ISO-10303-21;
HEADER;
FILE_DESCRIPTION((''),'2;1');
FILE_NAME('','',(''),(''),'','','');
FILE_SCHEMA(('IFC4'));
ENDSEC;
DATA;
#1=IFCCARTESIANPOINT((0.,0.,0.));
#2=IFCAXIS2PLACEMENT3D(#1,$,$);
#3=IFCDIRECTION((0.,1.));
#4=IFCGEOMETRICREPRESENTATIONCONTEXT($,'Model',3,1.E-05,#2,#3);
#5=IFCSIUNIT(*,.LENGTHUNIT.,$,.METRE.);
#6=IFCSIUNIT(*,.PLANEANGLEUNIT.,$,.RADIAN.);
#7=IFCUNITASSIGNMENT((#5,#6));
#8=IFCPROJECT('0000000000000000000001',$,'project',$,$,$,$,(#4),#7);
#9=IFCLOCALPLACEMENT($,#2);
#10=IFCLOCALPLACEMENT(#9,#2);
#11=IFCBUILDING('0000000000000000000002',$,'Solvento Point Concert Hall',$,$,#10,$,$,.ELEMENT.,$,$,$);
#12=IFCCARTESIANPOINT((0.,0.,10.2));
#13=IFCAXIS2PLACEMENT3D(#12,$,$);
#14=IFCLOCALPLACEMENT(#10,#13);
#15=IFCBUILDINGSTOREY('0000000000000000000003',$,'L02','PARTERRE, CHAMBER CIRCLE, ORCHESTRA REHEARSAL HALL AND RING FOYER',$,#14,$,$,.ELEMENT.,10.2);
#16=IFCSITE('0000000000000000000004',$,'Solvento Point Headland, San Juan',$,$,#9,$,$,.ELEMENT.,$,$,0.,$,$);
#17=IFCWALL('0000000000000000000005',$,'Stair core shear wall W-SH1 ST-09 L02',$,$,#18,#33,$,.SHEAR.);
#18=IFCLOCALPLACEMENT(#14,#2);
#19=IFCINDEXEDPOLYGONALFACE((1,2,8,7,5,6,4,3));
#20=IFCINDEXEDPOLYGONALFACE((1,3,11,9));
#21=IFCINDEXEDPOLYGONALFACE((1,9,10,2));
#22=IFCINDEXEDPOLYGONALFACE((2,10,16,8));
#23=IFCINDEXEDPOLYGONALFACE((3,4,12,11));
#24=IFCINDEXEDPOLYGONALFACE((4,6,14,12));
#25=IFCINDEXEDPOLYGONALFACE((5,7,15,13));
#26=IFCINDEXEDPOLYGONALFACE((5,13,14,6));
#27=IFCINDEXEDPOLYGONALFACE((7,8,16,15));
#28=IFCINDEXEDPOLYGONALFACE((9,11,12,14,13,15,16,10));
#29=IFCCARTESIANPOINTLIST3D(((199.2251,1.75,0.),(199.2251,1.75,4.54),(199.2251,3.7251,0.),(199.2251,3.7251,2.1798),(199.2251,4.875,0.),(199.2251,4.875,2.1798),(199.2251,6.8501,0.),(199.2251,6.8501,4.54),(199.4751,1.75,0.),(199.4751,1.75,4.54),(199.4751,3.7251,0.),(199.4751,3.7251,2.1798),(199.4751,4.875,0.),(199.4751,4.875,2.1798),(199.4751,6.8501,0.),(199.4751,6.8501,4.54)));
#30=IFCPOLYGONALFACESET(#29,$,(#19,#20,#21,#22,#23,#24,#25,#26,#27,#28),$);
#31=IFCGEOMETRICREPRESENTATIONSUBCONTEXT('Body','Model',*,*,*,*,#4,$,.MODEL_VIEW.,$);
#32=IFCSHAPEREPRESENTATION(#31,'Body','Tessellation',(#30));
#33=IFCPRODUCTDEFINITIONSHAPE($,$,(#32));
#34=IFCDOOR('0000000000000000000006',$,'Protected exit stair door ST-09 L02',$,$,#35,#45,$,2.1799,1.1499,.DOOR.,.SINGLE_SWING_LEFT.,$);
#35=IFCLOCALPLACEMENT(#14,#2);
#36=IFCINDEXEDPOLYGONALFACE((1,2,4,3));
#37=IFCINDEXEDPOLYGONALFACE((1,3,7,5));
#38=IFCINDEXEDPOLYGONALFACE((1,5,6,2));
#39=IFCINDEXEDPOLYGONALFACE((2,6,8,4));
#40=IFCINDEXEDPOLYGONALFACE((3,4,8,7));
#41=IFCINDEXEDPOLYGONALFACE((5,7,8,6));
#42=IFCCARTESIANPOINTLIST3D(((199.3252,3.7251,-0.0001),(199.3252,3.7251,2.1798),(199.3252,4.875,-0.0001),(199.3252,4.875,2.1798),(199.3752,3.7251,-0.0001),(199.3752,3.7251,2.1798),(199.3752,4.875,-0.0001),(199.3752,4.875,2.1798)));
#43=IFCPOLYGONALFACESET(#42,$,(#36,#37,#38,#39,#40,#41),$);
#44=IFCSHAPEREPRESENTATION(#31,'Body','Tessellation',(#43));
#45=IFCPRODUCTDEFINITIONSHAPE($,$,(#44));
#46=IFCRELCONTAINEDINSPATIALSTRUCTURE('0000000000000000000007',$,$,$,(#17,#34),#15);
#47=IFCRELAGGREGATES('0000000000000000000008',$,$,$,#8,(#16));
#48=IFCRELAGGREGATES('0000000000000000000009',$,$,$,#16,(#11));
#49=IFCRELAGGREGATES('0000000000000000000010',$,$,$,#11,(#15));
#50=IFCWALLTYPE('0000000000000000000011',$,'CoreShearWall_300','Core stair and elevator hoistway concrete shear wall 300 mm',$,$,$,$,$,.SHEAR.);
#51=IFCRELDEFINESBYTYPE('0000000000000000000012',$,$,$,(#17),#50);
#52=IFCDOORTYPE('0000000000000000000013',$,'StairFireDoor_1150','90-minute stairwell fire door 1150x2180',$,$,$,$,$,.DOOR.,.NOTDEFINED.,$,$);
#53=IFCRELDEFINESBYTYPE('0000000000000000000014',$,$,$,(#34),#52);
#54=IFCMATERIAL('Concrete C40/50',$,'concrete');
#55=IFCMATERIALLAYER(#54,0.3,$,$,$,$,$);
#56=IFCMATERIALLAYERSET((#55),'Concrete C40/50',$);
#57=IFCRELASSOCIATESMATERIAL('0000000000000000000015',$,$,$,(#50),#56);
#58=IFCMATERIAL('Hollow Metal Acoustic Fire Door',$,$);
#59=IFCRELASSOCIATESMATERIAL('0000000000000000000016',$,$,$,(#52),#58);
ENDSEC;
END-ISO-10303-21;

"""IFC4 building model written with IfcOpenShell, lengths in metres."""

from ifc_helpers import new_model, si_unit, direction, frame, frame_2d, origin, place, context, subcontext, project, spatial, rectangle, extrude, material, layer, layer_set, type_object, element, fill, save


model = new_model("IFC4")

# Units and contexts
model_context = context("Model", 3, precision=1e-05, world=origin(), true_north=direction((0.0, 1.0)))
body_context = subcontext(model_context, "Body", "Model", "MODEL_VIEW")
ifc_project = project(units=[si_unit("LENGTHUNIT", "METRE"), si_unit("PLANEANGLEUNIT", "RADIAN")], contexts=[model_context])

# Site, building, storey
site_placement = place(None, origin())
site = spatial("IfcSite", under=ifc_project, at=site_placement, Name="Solvento Point Headland, San Juan", CompositionType="ELEMENT", RefElevation=0.0)
building_placement = place(site_placement, origin())
building = spatial("IfcBuilding", under=site, at=building_placement, Name="Solvento Point Concert Hall", CompositionType="ELEMENT")
storey_placement = place(building_placement, frame((0.0, 0.0, 10.2)))
storey = spatial("IfcBuildingStorey", under=building, at=storey_placement, Name="L02", Description="PARTERRE, CHAMBER CIRCLE, ORCHESTRA REHEARSAL HALL AND RING FOYER", CompositionType="ELEMENT", Elevation=10.2)

# Wall, opening, door
ifc_material_1 = material(Name="Concrete C40/50", Category="concrete")
ifc_layer_1 = layer(ifc_material_1, 0.3)
ifc_layer_set_1 = layer_set([ifc_layer_1], Name="Concrete C40/50")
wall_type_1 = type_object("IfcWallType", Name="CoreShearWall_300", Description="Core stair and elevator hoistway concrete shear wall 300 mm", PredefinedType="SHEAR", material=ifc_layer_set_1)
wall_1_placement = place(storey_placement, frame((199.3501, 1.75, 0.0), z_axis=(0.0, 0.0, 1.0), x_axis=(0.0, 1.0, 0.0)))
wall_1 = element("IfcWall", 1, at=wall_1_placement, inside=storey, type_object=wall_type_1, Name="Stair core shear wall W-SH1 ST-09 L02", PredefinedType="SHEAR", context=body_context, shape_type="SweptSolid", body=[
    extrude(rectangle(XDim=5.1001, YDim=0.25, at=frame_2d((2.55, 0.0))), origin(), (0.0, 0.0, 1.0), 4.54),
])
opening_1_placement = place(wall_1_placement, frame((1.9751, 0.0, 0.0)))
opening_1 = element("IfcOpeningElement", 2, at=opening_1_placement, cuts=wall_1, PredefinedType="OPENING", context=body_context, shape_type="SweptSolid", body=[
    extrude(rectangle(XDim=1.1499, YDim=2.1799, at=frame_2d((0.575, 1.0898))), frame((0.0, 0.135, 0.0), z_axis=(0.0, -1.0, 0.0), x_axis=(1.0, 0.0, 0.0)), (0.0, 0.0, 1.0), 0.27),
])
ifc_material_2 = material(Name="Hollow Metal Acoustic Fire Door")
door_type_1 = type_object("IfcDoorType", Name="StairFireDoor_1150", Description="90-minute stairwell fire door 1150x2180", OperationType="NOTDEFINED", PredefinedType="DOOR", material=ifc_material_2)
door_1_placement = place(opening_1_placement, origin())
door_1 = element("IfcDoor", 3, at=door_1_placement, inside=storey, type_object=door_type_1, Name="Protected exit stair door ST-09 L02", OperationType="SINGLE_SWING_LEFT", OverallHeight=2.1799, OverallWidth=1.1499, PredefinedType="DOOR", context=body_context, shape_type="SweptSolid", body=[
    extrude(rectangle(XDim=1.1499, YDim=2.1799, at=frame_2d((0.575, 1.0898))), frame((0.0, 0.0249, 0.0), z_axis=(0.0, -1.0, 0.0), x_axis=(1.0, 0.0, 0.0)), (0.0, 0.0, 1.0), 0.05),
])
fill(opening_1, door_1)

save(model, "model.ifc")
